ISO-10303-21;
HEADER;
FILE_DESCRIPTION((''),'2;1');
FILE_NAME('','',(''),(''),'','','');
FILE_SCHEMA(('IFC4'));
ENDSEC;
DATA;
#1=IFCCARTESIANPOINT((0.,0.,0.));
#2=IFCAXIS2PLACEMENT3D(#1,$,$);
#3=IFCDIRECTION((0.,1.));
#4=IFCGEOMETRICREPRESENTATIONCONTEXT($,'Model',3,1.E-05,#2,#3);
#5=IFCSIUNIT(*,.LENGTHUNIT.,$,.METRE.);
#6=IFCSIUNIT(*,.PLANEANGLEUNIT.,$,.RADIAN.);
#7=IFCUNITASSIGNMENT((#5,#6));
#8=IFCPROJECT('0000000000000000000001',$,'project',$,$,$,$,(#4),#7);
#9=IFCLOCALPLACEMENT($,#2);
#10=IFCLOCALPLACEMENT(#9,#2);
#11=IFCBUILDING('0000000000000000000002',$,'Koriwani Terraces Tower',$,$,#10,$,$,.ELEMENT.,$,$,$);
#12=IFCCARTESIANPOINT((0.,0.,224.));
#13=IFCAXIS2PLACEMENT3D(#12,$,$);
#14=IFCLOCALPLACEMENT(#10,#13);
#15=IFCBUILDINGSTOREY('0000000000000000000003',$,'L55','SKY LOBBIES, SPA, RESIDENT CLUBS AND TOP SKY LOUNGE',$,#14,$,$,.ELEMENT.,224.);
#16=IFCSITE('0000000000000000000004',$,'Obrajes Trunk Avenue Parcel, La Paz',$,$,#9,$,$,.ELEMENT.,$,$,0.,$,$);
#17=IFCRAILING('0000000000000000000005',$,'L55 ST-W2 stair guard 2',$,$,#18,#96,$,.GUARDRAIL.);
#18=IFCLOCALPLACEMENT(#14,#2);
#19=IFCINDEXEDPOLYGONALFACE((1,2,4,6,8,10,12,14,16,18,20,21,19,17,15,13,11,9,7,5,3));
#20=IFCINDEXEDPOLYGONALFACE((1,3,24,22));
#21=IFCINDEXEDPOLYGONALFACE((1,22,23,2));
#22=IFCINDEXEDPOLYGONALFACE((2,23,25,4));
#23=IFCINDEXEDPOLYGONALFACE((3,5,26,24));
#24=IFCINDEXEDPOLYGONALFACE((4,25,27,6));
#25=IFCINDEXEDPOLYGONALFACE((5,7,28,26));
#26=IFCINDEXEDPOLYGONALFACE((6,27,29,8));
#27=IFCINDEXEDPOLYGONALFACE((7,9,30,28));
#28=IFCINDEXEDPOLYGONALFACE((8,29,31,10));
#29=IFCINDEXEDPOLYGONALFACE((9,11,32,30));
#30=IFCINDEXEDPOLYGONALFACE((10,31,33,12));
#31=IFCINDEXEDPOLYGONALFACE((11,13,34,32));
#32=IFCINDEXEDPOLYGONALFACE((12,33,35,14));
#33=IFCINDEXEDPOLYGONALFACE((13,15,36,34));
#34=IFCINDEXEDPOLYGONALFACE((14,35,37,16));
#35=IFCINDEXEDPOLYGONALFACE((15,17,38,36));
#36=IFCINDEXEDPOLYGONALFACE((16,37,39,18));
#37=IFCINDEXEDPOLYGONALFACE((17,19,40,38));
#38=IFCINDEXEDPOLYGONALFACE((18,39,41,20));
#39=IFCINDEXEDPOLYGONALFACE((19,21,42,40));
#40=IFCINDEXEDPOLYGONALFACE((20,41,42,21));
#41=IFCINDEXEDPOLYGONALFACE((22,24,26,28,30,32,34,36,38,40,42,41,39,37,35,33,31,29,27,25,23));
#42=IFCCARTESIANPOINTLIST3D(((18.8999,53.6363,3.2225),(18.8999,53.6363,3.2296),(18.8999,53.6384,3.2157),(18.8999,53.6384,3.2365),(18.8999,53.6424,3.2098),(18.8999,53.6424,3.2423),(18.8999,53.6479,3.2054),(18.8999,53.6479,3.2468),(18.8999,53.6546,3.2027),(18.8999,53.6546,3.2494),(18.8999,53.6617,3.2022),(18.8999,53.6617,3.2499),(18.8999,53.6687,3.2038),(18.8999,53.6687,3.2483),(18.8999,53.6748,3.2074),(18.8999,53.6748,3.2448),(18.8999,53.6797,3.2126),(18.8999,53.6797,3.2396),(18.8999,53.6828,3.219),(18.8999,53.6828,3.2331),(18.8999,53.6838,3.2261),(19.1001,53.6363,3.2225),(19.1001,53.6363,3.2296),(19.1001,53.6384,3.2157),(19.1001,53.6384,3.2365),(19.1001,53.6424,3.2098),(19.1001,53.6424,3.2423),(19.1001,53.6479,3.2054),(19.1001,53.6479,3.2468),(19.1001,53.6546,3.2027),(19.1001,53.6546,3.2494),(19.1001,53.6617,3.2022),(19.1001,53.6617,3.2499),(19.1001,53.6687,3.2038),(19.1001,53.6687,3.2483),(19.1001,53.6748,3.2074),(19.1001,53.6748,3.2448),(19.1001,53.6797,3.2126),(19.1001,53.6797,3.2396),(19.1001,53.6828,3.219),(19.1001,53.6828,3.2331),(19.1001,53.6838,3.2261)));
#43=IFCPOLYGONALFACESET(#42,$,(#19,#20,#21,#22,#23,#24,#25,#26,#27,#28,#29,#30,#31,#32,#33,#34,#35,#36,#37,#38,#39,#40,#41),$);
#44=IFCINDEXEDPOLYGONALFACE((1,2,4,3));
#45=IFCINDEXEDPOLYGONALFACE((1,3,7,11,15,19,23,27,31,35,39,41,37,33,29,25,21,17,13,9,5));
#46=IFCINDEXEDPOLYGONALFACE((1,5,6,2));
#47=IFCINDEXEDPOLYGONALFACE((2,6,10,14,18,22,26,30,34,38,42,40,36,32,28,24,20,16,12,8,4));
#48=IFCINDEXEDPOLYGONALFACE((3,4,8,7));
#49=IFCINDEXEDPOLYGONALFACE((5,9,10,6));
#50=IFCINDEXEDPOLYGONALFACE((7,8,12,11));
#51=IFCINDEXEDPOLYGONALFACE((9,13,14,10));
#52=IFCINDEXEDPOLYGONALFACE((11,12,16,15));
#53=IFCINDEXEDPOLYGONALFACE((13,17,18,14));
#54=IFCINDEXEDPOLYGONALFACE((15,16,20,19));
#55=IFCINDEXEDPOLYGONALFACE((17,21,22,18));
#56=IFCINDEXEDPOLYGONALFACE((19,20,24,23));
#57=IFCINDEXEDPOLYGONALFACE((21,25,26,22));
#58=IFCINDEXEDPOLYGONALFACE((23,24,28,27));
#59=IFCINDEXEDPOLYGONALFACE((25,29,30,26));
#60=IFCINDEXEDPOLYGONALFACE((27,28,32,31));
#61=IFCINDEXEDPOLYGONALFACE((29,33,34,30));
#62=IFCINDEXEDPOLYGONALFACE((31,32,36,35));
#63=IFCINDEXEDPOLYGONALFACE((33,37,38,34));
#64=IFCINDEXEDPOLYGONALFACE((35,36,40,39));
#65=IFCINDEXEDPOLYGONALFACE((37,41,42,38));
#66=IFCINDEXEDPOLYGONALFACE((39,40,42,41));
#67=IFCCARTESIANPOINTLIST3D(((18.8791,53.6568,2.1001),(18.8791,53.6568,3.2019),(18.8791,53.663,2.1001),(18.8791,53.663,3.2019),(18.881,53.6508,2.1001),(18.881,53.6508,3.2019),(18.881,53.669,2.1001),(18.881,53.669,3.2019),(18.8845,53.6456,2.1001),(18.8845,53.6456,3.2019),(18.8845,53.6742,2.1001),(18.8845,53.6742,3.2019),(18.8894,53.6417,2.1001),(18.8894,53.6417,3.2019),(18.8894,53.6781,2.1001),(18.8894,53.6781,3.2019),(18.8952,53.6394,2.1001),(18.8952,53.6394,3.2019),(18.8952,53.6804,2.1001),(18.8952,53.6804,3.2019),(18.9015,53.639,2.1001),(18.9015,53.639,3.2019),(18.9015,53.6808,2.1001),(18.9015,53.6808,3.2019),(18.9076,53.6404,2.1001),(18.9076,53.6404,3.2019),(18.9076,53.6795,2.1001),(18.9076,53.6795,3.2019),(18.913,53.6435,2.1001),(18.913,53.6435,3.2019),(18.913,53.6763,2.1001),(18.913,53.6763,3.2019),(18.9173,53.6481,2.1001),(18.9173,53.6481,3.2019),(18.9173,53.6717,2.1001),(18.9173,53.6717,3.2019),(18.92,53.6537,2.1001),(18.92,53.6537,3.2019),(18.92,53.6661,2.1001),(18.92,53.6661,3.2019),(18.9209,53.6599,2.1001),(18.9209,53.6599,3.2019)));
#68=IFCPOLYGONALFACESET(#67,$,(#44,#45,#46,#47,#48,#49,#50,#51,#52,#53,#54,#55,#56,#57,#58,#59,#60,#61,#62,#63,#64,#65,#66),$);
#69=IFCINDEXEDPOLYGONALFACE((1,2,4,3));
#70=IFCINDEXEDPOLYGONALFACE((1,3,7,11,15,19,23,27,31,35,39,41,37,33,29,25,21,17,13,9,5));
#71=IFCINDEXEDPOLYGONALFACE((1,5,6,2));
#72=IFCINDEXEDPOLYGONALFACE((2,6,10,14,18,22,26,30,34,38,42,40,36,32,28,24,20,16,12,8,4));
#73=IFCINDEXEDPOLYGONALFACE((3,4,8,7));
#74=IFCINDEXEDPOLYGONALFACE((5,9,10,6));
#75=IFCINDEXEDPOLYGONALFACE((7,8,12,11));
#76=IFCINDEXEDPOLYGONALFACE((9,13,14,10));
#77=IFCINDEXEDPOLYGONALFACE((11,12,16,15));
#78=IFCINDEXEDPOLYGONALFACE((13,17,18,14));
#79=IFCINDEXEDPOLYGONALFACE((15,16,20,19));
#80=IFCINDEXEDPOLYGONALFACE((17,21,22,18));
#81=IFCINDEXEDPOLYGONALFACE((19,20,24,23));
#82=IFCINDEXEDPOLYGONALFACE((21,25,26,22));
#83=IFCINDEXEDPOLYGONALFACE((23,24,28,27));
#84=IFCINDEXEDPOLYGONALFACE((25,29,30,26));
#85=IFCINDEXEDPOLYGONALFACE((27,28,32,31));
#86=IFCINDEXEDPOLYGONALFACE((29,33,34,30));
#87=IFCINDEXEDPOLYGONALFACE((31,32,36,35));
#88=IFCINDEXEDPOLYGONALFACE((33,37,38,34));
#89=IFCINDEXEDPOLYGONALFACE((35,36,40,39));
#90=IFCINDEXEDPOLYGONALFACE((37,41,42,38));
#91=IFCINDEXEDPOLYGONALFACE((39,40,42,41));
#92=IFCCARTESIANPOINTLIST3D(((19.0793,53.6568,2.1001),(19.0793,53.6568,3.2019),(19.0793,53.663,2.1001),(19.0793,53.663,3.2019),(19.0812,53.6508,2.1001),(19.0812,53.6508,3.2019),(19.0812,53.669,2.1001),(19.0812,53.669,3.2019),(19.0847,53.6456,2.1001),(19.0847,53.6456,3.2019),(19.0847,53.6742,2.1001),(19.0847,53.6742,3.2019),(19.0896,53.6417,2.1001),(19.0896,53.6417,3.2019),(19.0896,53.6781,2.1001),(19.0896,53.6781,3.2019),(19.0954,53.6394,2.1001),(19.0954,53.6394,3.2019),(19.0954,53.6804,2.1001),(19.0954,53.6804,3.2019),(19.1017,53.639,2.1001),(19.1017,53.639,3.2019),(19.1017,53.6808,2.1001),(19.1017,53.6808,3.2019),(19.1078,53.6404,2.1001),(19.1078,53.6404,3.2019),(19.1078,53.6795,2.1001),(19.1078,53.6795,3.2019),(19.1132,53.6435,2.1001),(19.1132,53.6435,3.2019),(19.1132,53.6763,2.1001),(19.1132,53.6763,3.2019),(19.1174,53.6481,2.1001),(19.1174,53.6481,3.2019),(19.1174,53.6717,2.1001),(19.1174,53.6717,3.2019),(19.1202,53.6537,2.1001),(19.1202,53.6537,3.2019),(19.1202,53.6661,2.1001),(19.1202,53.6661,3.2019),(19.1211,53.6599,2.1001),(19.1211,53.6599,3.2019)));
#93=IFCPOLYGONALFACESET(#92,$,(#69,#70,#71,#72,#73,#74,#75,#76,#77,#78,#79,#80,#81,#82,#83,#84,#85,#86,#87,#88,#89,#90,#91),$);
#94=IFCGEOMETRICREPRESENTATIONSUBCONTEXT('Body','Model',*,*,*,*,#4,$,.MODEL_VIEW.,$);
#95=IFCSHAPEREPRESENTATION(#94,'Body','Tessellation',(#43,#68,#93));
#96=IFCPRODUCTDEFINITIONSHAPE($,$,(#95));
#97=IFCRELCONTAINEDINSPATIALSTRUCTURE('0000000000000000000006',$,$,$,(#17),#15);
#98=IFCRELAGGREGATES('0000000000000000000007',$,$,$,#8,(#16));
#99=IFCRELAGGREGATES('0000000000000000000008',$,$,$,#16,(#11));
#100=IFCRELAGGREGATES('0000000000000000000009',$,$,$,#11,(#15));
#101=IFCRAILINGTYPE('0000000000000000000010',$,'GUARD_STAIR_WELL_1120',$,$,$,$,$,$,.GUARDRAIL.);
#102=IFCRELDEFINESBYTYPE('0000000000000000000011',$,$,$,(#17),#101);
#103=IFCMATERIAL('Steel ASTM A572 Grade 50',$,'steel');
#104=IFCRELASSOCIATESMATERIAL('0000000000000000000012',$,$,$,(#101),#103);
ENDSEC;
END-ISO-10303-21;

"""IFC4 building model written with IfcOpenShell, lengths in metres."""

from ifc_helpers import new_model, si_unit, direction, frame, origin, origin_2d, place, context, subcontext, project, spatial, circle, extrude, material, type_object, element, save


model = new_model("IFC4")

# Units and contexts
model_context = context("Model", 3, precision=1e-05, world=origin(), true_north=direction((0.0, 1.0)))
body_context = subcontext(model_context, "Body", "Model", "MODEL_VIEW")
ifc_project = project(units=[si_unit("LENGTHUNIT", "METRE"), si_unit("PLANEANGLEUNIT", "RADIAN")], contexts=[model_context])

# Site, building, storey
site_placement = place(None, origin())
site = spatial("IfcSite", under=ifc_project, at=site_placement, Name="Obrajes Trunk Avenue Parcel, La Paz", CompositionType="ELEMENT", RefElevation=0.0)
building_placement = place(site_placement, origin())
building = spatial("IfcBuilding", under=site, at=building_placement, Name="Koriwani Terraces Tower", CompositionType="ELEMENT")
storey_placement = place(building_placement, frame((0.0, 0.0, 224.0)))
storey = spatial("IfcBuildingStorey", under=building, at=storey_placement, Name="L55", Description="SKY LOBBIES, SPA, RESIDENT CLUBS AND TOP SKY LOUNGE", CompositionType="ELEMENT", Elevation=224.0)

# Shared definitions
ifc_material_1 = material(Name="Steel ASTM A572 Grade 50", Category="steel")

# Railing
railing_type_1 = type_object("IfcRailingType", Name="GUARD_STAIR_WELL_1120", PredefinedType="GUARDRAIL", material=ifc_material_1)
railing_1_placement = place(storey_placement, frame((18.8999, 53.6599, 2.1001)))
element("IfcRailing", 1, at=railing_1_placement, inside=storey, type_object=railing_type_1, Name="L55 ST-W2 stair guard 2", PredefinedType="GUARDRAIL", context=body_context, shape_type="SweptSolid", body=[
    extrude(circle(Radius=0.0239, at=origin_2d()), frame((0.0, 0.0, 1.126), z_axis=(1.0, 0.0, 0.0), x_axis=(0.0, 1.0, 0.0)), (0.0, 0.0, 1.0), 0.2002),
    extrude(circle(Radius=0.021, at=origin_2d()), origin(), (0.0, 0.0, 1.0), 1.1018),
    extrude(circle(Radius=0.021, at=origin_2d()), frame((0.2002, 0.0, 0.0)), (0.0, 0.0, 1.0), 1.1018),
])

save(model, "model.ifc")
